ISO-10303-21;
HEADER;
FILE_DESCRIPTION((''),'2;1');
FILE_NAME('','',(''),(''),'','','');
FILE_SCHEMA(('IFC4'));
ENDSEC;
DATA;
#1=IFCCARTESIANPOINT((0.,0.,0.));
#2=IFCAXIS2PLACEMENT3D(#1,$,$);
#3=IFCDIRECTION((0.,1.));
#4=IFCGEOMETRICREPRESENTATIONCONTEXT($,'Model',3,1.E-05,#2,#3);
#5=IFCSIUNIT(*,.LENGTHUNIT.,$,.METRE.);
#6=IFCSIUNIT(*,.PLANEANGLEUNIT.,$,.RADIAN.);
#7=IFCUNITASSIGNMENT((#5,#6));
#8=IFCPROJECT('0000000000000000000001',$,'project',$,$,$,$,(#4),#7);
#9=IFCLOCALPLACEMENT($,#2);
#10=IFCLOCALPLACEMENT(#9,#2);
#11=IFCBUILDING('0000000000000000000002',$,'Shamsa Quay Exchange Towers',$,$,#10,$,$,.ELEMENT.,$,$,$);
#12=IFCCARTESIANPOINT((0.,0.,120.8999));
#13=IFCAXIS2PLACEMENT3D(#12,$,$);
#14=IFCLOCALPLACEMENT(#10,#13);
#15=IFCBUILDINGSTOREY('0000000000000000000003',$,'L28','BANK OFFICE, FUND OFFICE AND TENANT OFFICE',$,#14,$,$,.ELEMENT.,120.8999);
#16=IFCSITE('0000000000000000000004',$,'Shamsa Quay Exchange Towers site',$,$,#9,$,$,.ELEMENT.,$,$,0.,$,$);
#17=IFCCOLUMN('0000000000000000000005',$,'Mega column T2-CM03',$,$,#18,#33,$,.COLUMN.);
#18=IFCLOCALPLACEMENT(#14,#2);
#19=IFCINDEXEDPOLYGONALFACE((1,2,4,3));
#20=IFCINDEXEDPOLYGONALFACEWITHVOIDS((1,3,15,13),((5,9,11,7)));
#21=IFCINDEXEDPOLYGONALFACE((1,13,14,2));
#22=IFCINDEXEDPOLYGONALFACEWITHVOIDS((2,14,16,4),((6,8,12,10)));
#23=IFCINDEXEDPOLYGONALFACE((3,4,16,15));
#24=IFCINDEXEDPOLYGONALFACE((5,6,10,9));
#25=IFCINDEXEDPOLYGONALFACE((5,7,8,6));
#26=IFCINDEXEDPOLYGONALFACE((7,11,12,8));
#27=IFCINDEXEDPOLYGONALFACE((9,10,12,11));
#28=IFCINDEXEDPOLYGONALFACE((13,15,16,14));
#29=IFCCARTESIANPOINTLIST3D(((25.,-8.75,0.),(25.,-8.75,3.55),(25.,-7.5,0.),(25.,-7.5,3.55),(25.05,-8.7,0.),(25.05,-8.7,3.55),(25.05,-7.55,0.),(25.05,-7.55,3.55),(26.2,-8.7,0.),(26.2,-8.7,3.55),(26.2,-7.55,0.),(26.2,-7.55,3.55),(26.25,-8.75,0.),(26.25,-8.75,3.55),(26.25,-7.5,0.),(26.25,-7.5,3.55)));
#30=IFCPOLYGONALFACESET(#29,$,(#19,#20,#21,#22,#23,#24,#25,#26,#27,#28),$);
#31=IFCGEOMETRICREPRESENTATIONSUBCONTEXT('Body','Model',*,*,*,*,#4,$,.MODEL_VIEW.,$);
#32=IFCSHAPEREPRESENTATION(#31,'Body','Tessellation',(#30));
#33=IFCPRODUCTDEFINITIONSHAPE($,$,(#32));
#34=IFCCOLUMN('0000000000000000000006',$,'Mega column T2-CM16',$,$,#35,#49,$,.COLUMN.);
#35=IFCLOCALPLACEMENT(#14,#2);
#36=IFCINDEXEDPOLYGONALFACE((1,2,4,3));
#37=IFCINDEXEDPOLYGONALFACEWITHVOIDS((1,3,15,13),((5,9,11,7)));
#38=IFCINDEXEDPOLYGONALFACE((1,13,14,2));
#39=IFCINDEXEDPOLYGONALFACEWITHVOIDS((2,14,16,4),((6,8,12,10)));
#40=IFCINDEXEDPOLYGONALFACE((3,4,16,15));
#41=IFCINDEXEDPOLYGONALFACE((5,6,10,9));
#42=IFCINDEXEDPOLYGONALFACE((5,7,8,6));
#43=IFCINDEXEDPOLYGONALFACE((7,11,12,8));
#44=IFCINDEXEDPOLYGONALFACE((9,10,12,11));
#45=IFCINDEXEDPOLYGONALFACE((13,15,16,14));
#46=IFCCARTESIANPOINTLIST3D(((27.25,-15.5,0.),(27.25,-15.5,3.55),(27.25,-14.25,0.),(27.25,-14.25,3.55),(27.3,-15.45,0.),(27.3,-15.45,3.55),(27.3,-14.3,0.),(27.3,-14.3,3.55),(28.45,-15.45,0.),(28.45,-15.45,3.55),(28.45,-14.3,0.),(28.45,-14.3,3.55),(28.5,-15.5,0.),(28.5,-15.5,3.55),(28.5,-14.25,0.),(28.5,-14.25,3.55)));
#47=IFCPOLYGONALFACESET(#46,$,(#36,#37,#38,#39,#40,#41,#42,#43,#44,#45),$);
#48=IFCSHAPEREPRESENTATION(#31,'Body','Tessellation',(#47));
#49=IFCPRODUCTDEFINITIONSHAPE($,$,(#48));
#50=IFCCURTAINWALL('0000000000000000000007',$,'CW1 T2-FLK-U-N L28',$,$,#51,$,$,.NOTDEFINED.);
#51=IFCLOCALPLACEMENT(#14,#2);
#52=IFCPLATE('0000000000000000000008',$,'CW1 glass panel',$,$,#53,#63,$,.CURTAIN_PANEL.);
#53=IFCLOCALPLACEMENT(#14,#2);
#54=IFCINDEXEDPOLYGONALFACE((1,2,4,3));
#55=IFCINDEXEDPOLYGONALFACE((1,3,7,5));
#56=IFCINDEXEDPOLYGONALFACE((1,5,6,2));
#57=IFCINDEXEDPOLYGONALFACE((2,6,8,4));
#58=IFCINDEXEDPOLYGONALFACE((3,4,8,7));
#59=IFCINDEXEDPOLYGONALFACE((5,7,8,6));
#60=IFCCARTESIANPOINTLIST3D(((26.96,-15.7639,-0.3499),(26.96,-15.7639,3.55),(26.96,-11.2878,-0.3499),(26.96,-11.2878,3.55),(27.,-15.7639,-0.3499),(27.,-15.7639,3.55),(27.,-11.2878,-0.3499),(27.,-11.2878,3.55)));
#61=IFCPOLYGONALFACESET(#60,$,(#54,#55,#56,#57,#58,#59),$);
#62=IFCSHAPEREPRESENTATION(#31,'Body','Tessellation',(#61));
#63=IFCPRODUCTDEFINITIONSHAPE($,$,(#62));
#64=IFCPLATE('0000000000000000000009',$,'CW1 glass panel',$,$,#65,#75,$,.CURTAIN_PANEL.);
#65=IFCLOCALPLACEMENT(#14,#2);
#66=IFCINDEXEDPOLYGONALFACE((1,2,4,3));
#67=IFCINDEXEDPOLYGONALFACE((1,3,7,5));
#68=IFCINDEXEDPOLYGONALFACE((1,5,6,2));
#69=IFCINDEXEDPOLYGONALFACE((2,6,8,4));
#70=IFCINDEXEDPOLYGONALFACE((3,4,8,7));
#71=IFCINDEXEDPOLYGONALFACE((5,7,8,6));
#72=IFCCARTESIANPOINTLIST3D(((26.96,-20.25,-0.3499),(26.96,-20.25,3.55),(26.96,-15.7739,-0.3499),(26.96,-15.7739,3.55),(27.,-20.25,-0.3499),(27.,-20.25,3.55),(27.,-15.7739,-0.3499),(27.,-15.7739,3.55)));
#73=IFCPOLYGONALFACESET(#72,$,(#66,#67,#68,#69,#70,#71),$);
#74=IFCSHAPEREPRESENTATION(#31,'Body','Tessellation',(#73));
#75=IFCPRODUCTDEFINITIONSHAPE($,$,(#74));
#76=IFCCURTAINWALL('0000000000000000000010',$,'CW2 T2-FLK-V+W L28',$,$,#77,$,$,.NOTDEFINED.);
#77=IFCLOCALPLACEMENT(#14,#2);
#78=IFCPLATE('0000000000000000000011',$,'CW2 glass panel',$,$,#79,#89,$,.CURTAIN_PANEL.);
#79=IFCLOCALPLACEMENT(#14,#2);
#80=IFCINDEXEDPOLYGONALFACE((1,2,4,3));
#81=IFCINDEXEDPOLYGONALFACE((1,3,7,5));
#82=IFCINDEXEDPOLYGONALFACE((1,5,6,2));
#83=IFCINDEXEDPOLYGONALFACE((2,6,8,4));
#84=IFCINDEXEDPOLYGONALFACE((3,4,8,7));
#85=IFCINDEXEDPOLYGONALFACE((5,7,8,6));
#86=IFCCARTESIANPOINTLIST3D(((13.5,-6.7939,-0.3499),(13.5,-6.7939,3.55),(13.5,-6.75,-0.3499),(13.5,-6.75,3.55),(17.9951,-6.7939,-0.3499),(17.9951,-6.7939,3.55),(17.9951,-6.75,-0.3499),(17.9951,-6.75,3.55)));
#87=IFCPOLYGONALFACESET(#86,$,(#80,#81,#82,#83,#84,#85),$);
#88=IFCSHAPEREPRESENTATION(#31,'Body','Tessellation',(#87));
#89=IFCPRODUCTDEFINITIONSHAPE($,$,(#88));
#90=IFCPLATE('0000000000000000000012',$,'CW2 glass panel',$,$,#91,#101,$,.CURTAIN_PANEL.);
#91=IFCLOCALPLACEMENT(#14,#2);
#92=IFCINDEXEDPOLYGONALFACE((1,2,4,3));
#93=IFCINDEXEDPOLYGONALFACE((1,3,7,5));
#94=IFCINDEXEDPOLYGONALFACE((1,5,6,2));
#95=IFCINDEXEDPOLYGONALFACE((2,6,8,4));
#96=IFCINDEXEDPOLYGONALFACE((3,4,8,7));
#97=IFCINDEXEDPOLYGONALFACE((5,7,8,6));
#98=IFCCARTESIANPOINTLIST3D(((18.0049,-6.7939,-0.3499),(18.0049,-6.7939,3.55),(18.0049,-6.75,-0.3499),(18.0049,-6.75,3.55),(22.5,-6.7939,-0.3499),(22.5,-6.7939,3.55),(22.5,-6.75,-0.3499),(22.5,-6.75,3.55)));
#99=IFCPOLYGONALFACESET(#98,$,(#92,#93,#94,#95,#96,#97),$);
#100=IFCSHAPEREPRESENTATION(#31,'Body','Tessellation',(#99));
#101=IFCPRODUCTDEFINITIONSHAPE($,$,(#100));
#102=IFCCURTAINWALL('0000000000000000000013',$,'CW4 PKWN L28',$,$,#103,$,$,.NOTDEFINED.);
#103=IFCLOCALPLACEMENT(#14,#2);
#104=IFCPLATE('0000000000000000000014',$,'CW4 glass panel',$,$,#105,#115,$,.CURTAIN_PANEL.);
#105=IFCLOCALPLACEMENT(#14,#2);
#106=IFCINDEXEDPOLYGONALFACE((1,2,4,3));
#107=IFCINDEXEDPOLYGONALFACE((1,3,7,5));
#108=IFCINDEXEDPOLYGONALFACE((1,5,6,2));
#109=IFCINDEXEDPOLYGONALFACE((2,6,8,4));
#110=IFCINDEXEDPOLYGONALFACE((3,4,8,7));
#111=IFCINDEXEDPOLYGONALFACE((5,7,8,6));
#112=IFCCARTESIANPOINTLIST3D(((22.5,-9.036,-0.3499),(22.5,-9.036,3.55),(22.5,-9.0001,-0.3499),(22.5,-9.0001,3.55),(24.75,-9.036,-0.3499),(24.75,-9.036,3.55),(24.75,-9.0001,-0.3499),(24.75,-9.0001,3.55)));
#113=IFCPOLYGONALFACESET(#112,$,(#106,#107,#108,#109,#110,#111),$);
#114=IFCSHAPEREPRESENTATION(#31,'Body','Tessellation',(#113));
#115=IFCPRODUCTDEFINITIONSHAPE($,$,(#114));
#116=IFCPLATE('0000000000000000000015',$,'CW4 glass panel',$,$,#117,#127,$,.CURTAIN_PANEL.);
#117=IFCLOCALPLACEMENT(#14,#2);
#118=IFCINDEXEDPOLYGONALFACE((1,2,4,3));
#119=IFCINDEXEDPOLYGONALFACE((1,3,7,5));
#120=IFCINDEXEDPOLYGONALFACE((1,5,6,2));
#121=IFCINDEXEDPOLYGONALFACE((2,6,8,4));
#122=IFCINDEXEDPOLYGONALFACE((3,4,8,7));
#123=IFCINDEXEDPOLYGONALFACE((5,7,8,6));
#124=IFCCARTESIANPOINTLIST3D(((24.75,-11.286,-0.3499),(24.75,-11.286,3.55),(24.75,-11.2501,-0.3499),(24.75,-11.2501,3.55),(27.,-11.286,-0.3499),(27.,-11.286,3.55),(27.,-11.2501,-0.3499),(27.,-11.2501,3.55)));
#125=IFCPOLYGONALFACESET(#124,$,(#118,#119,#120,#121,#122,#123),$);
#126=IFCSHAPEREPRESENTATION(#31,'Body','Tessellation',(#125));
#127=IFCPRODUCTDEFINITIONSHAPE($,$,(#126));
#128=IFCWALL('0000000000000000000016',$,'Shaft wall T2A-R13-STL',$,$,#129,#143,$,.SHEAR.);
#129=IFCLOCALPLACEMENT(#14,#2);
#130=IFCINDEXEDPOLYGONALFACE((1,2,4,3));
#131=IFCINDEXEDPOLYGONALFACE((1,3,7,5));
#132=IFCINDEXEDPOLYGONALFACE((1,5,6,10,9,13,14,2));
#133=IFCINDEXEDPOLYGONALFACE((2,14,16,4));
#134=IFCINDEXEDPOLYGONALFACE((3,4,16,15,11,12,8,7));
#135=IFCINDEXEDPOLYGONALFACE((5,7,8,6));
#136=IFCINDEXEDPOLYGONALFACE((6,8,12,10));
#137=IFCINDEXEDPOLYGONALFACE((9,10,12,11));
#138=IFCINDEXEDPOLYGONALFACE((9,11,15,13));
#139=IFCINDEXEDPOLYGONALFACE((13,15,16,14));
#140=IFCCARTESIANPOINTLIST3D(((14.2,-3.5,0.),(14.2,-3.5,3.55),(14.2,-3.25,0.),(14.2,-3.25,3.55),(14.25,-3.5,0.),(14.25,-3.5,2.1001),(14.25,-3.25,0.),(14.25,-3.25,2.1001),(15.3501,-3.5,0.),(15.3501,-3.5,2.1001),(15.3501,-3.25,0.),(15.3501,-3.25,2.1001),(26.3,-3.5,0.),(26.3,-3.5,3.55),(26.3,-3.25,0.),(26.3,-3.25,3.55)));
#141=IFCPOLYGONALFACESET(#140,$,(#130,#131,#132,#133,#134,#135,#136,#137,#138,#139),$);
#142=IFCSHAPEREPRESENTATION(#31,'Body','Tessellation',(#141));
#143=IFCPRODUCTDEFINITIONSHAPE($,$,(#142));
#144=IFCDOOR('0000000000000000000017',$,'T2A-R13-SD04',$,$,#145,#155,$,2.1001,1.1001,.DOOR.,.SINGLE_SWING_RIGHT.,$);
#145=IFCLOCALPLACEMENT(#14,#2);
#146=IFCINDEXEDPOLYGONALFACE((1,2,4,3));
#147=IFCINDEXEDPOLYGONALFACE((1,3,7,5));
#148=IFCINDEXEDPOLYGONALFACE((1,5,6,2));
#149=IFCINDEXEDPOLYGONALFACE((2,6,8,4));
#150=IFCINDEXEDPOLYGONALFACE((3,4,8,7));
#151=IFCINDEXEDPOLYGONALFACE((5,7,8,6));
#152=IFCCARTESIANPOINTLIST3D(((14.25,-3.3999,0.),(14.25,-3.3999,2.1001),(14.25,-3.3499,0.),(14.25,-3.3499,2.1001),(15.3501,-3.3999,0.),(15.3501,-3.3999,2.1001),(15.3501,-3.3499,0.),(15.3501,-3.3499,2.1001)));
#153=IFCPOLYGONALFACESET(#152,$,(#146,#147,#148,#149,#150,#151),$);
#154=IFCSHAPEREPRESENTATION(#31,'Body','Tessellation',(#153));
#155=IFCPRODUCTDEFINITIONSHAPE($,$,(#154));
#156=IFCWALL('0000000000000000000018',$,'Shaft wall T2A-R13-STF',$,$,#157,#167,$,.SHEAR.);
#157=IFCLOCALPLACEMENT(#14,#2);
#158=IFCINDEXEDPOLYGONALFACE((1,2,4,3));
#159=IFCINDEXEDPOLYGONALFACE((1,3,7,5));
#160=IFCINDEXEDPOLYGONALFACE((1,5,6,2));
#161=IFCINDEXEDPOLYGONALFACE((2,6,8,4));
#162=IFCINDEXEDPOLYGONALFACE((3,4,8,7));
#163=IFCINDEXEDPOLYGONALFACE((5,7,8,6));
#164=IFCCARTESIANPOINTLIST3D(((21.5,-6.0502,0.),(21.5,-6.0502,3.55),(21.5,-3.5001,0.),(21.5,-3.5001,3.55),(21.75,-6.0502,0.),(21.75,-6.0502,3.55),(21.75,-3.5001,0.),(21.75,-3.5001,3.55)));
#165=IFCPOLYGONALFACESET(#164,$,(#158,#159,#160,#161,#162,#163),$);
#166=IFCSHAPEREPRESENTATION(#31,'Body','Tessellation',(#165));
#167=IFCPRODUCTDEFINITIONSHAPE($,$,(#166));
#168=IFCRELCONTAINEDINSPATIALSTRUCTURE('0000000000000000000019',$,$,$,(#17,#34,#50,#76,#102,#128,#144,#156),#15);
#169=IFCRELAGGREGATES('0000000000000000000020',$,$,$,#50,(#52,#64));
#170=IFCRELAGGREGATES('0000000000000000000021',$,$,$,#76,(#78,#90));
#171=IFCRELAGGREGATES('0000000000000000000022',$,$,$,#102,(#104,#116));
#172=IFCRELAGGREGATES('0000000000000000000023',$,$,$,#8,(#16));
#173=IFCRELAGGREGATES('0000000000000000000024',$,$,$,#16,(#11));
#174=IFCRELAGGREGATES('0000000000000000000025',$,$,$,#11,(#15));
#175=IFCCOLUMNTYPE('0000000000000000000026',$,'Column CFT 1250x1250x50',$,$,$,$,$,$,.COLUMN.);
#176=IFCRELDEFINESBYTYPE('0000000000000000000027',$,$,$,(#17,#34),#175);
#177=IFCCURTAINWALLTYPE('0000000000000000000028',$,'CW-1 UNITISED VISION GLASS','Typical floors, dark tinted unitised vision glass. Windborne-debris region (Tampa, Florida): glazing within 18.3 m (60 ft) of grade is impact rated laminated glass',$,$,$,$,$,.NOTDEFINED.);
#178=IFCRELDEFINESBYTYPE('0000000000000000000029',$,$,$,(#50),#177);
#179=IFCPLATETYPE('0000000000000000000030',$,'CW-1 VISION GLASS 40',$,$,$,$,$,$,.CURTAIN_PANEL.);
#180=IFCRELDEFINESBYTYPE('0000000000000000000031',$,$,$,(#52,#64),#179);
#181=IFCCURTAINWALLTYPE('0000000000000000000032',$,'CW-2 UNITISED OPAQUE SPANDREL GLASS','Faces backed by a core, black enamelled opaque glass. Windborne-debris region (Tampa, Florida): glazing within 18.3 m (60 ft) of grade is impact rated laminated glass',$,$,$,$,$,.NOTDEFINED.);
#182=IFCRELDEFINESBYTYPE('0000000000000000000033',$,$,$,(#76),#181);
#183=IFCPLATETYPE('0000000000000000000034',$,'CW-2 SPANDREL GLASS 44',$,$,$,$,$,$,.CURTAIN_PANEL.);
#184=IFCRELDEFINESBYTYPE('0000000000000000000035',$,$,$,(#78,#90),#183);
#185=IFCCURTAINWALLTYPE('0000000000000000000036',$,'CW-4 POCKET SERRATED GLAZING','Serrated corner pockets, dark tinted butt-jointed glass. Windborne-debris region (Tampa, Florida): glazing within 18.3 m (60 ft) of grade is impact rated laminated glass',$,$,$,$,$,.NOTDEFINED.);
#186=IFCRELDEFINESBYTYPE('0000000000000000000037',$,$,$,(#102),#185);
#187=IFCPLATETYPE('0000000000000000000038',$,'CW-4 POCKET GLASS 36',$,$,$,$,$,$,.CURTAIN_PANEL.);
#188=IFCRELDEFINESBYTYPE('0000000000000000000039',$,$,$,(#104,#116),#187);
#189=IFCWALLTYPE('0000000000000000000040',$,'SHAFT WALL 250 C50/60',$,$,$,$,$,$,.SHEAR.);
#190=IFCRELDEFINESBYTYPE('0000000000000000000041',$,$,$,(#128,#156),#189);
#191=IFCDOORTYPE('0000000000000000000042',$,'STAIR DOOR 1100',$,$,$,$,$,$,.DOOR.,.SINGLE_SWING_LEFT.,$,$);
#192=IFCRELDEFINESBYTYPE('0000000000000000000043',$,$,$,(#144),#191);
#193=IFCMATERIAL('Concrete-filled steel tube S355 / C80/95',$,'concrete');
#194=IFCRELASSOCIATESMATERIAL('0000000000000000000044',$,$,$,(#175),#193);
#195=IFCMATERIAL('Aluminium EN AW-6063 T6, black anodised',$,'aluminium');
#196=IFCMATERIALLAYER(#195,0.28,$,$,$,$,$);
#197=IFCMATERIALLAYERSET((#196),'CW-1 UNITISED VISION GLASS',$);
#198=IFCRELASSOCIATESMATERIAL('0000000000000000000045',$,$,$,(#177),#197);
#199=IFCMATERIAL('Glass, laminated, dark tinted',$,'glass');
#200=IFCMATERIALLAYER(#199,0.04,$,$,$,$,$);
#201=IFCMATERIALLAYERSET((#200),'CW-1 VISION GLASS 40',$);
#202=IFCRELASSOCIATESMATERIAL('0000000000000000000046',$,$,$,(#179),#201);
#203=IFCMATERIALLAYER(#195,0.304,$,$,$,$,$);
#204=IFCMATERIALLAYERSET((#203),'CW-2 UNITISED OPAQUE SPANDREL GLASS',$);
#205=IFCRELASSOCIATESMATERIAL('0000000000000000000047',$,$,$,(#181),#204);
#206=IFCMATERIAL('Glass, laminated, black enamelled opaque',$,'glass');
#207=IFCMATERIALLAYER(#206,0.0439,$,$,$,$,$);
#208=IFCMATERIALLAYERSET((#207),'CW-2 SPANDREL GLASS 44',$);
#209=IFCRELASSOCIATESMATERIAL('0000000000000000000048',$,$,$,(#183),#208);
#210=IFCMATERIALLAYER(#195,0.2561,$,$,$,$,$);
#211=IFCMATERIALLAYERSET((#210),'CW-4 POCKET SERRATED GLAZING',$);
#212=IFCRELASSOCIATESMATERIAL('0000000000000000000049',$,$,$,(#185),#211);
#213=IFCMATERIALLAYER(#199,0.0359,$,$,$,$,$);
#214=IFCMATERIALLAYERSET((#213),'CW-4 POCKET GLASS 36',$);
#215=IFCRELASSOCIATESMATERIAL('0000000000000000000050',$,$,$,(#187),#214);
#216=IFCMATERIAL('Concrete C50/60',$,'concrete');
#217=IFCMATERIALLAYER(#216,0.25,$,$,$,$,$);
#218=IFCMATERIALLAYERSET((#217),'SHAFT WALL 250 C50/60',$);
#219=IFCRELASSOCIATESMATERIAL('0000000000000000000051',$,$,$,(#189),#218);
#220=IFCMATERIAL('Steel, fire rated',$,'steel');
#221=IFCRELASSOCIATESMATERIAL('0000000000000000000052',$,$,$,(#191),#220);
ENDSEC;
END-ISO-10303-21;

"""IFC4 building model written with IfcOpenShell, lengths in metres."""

from ifc_helpers import new_model, si_unit, direction, frame, frame_2d, origin, origin_2d, place, context, subcontext, project, spatial, rectangle, hollow_rectangle, extrude, material, layer, layer_set, material_profile, profile_set, type_object, element, fill, aggregate, save


model = new_model("IFC4")

# Units and contexts
model_context = context("Model", 3, precision=1e-05, world=origin(), true_north=direction((0.0, 1.0)))
body_context = subcontext(model_context, "Body", "Model", "MODEL_VIEW")
ifc_project = project(units=[si_unit("LENGTHUNIT", "METRE"), si_unit("PLANEANGLEUNIT", "RADIAN")], contexts=[model_context])

# Site, building, storey
site_placement = place(None, origin())
site = spatial("IfcSite", under=ifc_project, at=site_placement, Name="Shamsa Quay Exchange Towers site", CompositionType="ELEMENT", RefElevation=0.0)
building_placement = place(site_placement, origin())
building = spatial("IfcBuilding", under=site, at=building_placement, Name="Shamsa Quay Exchange Towers", CompositionType="ELEMENT")
storey_placement = place(building_placement, frame((0.0, 0.0, 120.8999)))
storey = spatial("IfcBuildingStorey", under=building, at=storey_placement, Name="L28", Description="BANK OFFICE, FUND OFFICE AND TENANT OFFICE", CompositionType="ELEMENT", Elevation=120.8999)

# Columns
ifc_material_1 = material(Name="Concrete-filled steel tube S355 / C80/95", Category="concrete")
ifc_material_profile = material_profile(ifc_material_1, hollow_rectangle(XDim=1.25, YDim=1.25, WallThickness=0.05, at=origin_2d()), Name="CFT 1250x1250x50")
ifc_profile_set = profile_set([ifc_material_profile], Name="Concrete-filled steel tube S355 / C80/95")
column_type = type_object("IfcColumnType", Name="Column CFT 1250x1250x50", PredefinedType="COLUMN", material=ifc_profile_set)
for number, where, name in (
    (1, (25.625, -8.125, 0.0), "Mega column T2-CM03"),
    (2, (27.875, -14.875, 0.0), "Mega column T2-CM16"),
):
    element("IfcColumn", number, at=place(storey_placement, frame(where)), inside=storey, type_object=column_type, Name=name, PredefinedType="COLUMN", context=body_context, shape_type="SweptSolid", body=[
        extrude(hollow_rectangle(XDim=1.25, YDim=1.25, WallThickness=0.05, at=origin_2d()), origin(), (0.0, 0.0, 1.0), 3.55),
    ])

# Curtain walls, plates
ifc_material_2 = material(Name="Aluminium EN AW-6063 T6, black anodised", Category="aluminium")
ifc_layer_1 = layer(ifc_material_2, 0.28)
ifc_layer_set_1 = layer_set([ifc_layer_1], Name="CW-1 UNITISED VISION GLASS")
curtain_wall_type_1 = type_object("IfcCurtainWallType", Name="CW-1 UNITISED VISION GLASS", Description="Typical floors, dark tinted unitised vision glass. Windborne-debris region (Tampa, Florida): glazing within 18.3 m (60 ft) of grade is impact rated laminated glass", PredefinedType="NOTDEFINED", material=ifc_layer_set_1)
curtain_wall_1_placement = place(storey_placement, origin())
curtain_wall_1 = element("IfcCurtainWall", 3, at=curtain_wall_1_placement, inside=storey, type_object=curtain_wall_type_1, Name="CW1 T2-FLK-U-N L28", PredefinedType="NOTDEFINED")
ifc_material_3 = material(Name="Glass, laminated, dark tinted", Category="glass")
ifc_layer_2 = layer(ifc_material_3, 0.04)
ifc_layer_set_2 = layer_set([ifc_layer_2], Name="CW-1 VISION GLASS 40")
plate_type_1 = type_object("IfcPlateType", Name="CW-1 VISION GLASS 40", PredefinedType="CURTAIN_PANEL", material=ifc_layer_set_2)
plate_1_placement = place(storey_placement, frame((26.98, -13.5259, -0.3499), z_axis=(0.0, 0.0, 1.0), x_axis=(0.0, -1.0, 0.0)))
plate_1 = element("IfcPlate", 4, at=plate_1_placement, type_object=plate_type_1, Name="CW1 glass panel", PredefinedType="CURTAIN_PANEL", context=body_context, shape_type="SweptSolid", body=[
    extrude(rectangle(XDim=4.4761, YDim=0.04, at=origin_2d()), origin(), (0.0, 0.0, 1.0), 3.8999),
])
plate_2_placement = place(storey_placement, frame((26.98, -18.012, -0.3499), z_axis=(0.0, 0.0, 1.0), x_axis=(0.0, -1.0, 0.0)))
plate_2 = element("IfcPlate", 5, at=plate_2_placement, type_object=plate_type_1, Name="CW1 glass panel", PredefinedType="CURTAIN_PANEL", context=body_context, shape_type="SweptSolid", body=[
    extrude(rectangle(XDim=4.4761, YDim=0.04, at=origin_2d()), origin(), (0.0, 0.0, 1.0), 3.8999),
])
aggregate(curtain_wall_1, [plate_1, plate_2])
ifc_layer_3 = layer(ifc_material_2, 0.304)
ifc_layer_set_3 = layer_set([ifc_layer_3], Name="CW-2 UNITISED OPAQUE SPANDREL GLASS")
curtain_wall_type_2 = type_object("IfcCurtainWallType", Name="CW-2 UNITISED OPAQUE SPANDREL GLASS", Description="Faces backed by a core, black enamelled opaque glass. Windborne-debris region (Tampa, Florida): glazing within 18.3 m (60 ft) of grade is impact rated laminated glass", PredefinedType="NOTDEFINED", material=ifc_layer_set_3)
curtain_wall_2_placement = place(storey_placement, origin())
curtain_wall_2 = element("IfcCurtainWall", 6, at=curtain_wall_2_placement, inside=storey, type_object=curtain_wall_type_2, Name="CW2 T2-FLK-V+W L28", PredefinedType="NOTDEFINED")
ifc_material_4 = material(Name="Glass, laminated, black enamelled opaque", Category="glass")
ifc_layer_4 = layer(ifc_material_4, 0.0439)
ifc_layer_set_4 = layer_set([ifc_layer_4], Name="CW-2 SPANDREL GLASS 44")
plate_type_2 = type_object("IfcPlateType", Name="CW-2 SPANDREL GLASS 44", PredefinedType="CURTAIN_PANEL", material=ifc_layer_set_4)
plate_3_placement = place(storey_placement, frame((15.7476, -6.772, -0.3499)))
plate_3 = element("IfcPlate", 7, at=plate_3_placement, type_object=plate_type_2, Name="CW2 glass panel", PredefinedType="CURTAIN_PANEL", context=body_context, shape_type="SweptSolid", body=[
    extrude(rectangle(XDim=4.4951, YDim=0.0439, at=origin_2d()), origin(), (0.0, 0.0, 1.0), 3.8999),
])
plate_4_placement = place(storey_placement, frame((20.2524, -6.772, -0.3499)))
plate_4 = element("IfcPlate", 8, at=plate_4_placement, type_object=plate_type_2, Name="CW2 glass panel", PredefinedType="CURTAIN_PANEL", context=body_context, shape_type="SweptSolid", body=[
    extrude(rectangle(XDim=4.4951, YDim=0.0439, at=origin_2d()), origin(), (0.0, 0.0, 1.0), 3.8999),
])
aggregate(curtain_wall_2, [plate_3, plate_4])
ifc_layer_5 = layer(ifc_material_2, 0.2561)
ifc_layer_set_5 = layer_set([ifc_layer_5], Name="CW-4 POCKET SERRATED GLAZING")
curtain_wall_type_3 = type_object("IfcCurtainWallType", Name="CW-4 POCKET SERRATED GLAZING", Description="Serrated corner pockets, dark tinted butt-jointed glass. Windborne-debris region (Tampa, Florida): glazing within 18.3 m (60 ft) of grade is impact rated laminated glass", PredefinedType="NOTDEFINED", material=ifc_layer_set_5)
curtain_wall_3_placement = place(storey_placement, origin())
curtain_wall_3 = element("IfcCurtainWall", 9, at=curtain_wall_3_placement, inside=storey, type_object=curtain_wall_type_3, Name="CW4 PKWN L28", PredefinedType="NOTDEFINED")
ifc_layer_6 = layer(ifc_material_3, 0.0359)
ifc_layer_set_6 = layer_set([ifc_layer_6], Name="CW-4 POCKET GLASS 36")
plate_type_3 = type_object("IfcPlateType", Name="CW-4 POCKET GLASS 36", PredefinedType="CURTAIN_PANEL", material=ifc_layer_set_6)
plate_5_placement = place(storey_placement, frame((23.625, -9.0181, -0.3499)))
plate_5 = element("IfcPlate", 10, at=plate_5_placement, type_object=plate_type_3, Name="CW4 glass panel", PredefinedType="CURTAIN_PANEL", context=body_context, shape_type="SweptSolid", body=[
    extrude(rectangle(XDim=2.25, YDim=0.0359, at=origin_2d()), origin(), (0.0, 0.0, 1.0), 3.8999),
])
plate_6_placement = place(storey_placement, frame((25.875, -11.2681, -0.3499)))
plate_6 = element("IfcPlate", 11, at=plate_6_placement, type_object=plate_type_3, Name="CW4 glass panel", PredefinedType="CURTAIN_PANEL", context=body_context, shape_type="SweptSolid", body=[
    extrude(rectangle(XDim=2.25, YDim=0.0359, at=origin_2d()), origin(), (0.0, 0.0, 1.0), 3.8999),
])
aggregate(curtain_wall_3, [plate_5, plate_6])

# Wall, opening, door
ifc_material_5 = material(Name="Concrete C50/60", Category="concrete")
ifc_layer_7 = layer(ifc_material_5, 0.25)
ifc_layer_set_7 = layer_set([ifc_layer_7], Name="SHAFT WALL 250 C50/60")
wall_type_1 = type_object("IfcWallType", Name="SHAFT WALL 250 C50/60", PredefinedType="SHEAR", material=ifc_layer_set_7)
wall_1_placement = place(storey_placement, frame((26.3, -3.375, 0.0), z_axis=(0.0, 0.0, 1.0), x_axis=(-1.0, 0.0, 0.0)))
wall_1 = element("IfcWall", 12, at=wall_1_placement, inside=storey, type_object=wall_type_1, Name="Shaft wall T2A-R13-STL", PredefinedType="SHEAR", context=body_context, shape_type="SweptSolid", body=[
    extrude(rectangle(XDim=12.1001, YDim=0.25, at=frame_2d((6.05, 0.0))), origin(), (0.0, 0.0, 1.0), 3.55),
])
opening_1_placement = place(wall_1_placement, frame((10.95, 0.0, 0.0)))
opening_1 = element("IfcOpeningElement", 13, at=opening_1_placement, cuts=wall_1, PredefinedType="OPENING", context=body_context, shape_type="SweptSolid", body=[
    extrude(rectangle(XDim=1.1001, YDim=2.1001, at=frame_2d((0.55, 1.05))), frame((0.0, 0.135, 0.0), z_axis=(0.0, -1.0, 0.0), x_axis=(1.0, 0.0, 0.0)), (0.0, 0.0, 1.0), 0.27),
])
ifc_material_6 = material(Name="Steel, fire rated", Category="steel")
door_type_1 = type_object("IfcDoorType", Name="STAIR DOOR 1100", OperationType="SINGLE_SWING_LEFT", PredefinedType="DOOR", material=ifc_material_6)
door_1_placement = place(opening_1_placement, origin())
door_1 = element("IfcDoor", 14, at=door_1_placement, inside=storey, type_object=door_type_1, Name="T2A-R13-SD04", OperationType="SINGLE_SWING_RIGHT", OverallHeight=2.1001, OverallWidth=1.1001, PredefinedType="DOOR", context=body_context, shape_type="SweptSolid", body=[
    extrude(rectangle(XDim=1.1001, YDim=2.1001, at=frame_2d((0.55, 1.05))), frame((0.0, 0.0249, 0.0), z_axis=(0.0, -1.0, 0.0), x_axis=(1.0, 0.0, 0.0)), (0.0, 0.0, 1.0), 0.05),
])
fill(opening_1, door_1)

# Wall
wall_2_placement = place(storey_placement, frame((21.625, -6.05, 0.0), z_axis=(0.0, 0.0, 1.0), x_axis=(0.0, 1.0, 0.0)))
element("IfcWall", 15, at=wall_2_placement, inside=storey, type_object=wall_type_1, Name="Shaft wall T2A-R13-STF", PredefinedType="SHEAR", context=body_context, shape_type="SweptSolid", body=[
    extrude(rectangle(XDim=2.55, YDim=0.25, at=frame_2d((1.2749, 0.0))), origin(), (0.0, 0.0, 1.0), 3.55),
])

save(model, "model.ifc")
